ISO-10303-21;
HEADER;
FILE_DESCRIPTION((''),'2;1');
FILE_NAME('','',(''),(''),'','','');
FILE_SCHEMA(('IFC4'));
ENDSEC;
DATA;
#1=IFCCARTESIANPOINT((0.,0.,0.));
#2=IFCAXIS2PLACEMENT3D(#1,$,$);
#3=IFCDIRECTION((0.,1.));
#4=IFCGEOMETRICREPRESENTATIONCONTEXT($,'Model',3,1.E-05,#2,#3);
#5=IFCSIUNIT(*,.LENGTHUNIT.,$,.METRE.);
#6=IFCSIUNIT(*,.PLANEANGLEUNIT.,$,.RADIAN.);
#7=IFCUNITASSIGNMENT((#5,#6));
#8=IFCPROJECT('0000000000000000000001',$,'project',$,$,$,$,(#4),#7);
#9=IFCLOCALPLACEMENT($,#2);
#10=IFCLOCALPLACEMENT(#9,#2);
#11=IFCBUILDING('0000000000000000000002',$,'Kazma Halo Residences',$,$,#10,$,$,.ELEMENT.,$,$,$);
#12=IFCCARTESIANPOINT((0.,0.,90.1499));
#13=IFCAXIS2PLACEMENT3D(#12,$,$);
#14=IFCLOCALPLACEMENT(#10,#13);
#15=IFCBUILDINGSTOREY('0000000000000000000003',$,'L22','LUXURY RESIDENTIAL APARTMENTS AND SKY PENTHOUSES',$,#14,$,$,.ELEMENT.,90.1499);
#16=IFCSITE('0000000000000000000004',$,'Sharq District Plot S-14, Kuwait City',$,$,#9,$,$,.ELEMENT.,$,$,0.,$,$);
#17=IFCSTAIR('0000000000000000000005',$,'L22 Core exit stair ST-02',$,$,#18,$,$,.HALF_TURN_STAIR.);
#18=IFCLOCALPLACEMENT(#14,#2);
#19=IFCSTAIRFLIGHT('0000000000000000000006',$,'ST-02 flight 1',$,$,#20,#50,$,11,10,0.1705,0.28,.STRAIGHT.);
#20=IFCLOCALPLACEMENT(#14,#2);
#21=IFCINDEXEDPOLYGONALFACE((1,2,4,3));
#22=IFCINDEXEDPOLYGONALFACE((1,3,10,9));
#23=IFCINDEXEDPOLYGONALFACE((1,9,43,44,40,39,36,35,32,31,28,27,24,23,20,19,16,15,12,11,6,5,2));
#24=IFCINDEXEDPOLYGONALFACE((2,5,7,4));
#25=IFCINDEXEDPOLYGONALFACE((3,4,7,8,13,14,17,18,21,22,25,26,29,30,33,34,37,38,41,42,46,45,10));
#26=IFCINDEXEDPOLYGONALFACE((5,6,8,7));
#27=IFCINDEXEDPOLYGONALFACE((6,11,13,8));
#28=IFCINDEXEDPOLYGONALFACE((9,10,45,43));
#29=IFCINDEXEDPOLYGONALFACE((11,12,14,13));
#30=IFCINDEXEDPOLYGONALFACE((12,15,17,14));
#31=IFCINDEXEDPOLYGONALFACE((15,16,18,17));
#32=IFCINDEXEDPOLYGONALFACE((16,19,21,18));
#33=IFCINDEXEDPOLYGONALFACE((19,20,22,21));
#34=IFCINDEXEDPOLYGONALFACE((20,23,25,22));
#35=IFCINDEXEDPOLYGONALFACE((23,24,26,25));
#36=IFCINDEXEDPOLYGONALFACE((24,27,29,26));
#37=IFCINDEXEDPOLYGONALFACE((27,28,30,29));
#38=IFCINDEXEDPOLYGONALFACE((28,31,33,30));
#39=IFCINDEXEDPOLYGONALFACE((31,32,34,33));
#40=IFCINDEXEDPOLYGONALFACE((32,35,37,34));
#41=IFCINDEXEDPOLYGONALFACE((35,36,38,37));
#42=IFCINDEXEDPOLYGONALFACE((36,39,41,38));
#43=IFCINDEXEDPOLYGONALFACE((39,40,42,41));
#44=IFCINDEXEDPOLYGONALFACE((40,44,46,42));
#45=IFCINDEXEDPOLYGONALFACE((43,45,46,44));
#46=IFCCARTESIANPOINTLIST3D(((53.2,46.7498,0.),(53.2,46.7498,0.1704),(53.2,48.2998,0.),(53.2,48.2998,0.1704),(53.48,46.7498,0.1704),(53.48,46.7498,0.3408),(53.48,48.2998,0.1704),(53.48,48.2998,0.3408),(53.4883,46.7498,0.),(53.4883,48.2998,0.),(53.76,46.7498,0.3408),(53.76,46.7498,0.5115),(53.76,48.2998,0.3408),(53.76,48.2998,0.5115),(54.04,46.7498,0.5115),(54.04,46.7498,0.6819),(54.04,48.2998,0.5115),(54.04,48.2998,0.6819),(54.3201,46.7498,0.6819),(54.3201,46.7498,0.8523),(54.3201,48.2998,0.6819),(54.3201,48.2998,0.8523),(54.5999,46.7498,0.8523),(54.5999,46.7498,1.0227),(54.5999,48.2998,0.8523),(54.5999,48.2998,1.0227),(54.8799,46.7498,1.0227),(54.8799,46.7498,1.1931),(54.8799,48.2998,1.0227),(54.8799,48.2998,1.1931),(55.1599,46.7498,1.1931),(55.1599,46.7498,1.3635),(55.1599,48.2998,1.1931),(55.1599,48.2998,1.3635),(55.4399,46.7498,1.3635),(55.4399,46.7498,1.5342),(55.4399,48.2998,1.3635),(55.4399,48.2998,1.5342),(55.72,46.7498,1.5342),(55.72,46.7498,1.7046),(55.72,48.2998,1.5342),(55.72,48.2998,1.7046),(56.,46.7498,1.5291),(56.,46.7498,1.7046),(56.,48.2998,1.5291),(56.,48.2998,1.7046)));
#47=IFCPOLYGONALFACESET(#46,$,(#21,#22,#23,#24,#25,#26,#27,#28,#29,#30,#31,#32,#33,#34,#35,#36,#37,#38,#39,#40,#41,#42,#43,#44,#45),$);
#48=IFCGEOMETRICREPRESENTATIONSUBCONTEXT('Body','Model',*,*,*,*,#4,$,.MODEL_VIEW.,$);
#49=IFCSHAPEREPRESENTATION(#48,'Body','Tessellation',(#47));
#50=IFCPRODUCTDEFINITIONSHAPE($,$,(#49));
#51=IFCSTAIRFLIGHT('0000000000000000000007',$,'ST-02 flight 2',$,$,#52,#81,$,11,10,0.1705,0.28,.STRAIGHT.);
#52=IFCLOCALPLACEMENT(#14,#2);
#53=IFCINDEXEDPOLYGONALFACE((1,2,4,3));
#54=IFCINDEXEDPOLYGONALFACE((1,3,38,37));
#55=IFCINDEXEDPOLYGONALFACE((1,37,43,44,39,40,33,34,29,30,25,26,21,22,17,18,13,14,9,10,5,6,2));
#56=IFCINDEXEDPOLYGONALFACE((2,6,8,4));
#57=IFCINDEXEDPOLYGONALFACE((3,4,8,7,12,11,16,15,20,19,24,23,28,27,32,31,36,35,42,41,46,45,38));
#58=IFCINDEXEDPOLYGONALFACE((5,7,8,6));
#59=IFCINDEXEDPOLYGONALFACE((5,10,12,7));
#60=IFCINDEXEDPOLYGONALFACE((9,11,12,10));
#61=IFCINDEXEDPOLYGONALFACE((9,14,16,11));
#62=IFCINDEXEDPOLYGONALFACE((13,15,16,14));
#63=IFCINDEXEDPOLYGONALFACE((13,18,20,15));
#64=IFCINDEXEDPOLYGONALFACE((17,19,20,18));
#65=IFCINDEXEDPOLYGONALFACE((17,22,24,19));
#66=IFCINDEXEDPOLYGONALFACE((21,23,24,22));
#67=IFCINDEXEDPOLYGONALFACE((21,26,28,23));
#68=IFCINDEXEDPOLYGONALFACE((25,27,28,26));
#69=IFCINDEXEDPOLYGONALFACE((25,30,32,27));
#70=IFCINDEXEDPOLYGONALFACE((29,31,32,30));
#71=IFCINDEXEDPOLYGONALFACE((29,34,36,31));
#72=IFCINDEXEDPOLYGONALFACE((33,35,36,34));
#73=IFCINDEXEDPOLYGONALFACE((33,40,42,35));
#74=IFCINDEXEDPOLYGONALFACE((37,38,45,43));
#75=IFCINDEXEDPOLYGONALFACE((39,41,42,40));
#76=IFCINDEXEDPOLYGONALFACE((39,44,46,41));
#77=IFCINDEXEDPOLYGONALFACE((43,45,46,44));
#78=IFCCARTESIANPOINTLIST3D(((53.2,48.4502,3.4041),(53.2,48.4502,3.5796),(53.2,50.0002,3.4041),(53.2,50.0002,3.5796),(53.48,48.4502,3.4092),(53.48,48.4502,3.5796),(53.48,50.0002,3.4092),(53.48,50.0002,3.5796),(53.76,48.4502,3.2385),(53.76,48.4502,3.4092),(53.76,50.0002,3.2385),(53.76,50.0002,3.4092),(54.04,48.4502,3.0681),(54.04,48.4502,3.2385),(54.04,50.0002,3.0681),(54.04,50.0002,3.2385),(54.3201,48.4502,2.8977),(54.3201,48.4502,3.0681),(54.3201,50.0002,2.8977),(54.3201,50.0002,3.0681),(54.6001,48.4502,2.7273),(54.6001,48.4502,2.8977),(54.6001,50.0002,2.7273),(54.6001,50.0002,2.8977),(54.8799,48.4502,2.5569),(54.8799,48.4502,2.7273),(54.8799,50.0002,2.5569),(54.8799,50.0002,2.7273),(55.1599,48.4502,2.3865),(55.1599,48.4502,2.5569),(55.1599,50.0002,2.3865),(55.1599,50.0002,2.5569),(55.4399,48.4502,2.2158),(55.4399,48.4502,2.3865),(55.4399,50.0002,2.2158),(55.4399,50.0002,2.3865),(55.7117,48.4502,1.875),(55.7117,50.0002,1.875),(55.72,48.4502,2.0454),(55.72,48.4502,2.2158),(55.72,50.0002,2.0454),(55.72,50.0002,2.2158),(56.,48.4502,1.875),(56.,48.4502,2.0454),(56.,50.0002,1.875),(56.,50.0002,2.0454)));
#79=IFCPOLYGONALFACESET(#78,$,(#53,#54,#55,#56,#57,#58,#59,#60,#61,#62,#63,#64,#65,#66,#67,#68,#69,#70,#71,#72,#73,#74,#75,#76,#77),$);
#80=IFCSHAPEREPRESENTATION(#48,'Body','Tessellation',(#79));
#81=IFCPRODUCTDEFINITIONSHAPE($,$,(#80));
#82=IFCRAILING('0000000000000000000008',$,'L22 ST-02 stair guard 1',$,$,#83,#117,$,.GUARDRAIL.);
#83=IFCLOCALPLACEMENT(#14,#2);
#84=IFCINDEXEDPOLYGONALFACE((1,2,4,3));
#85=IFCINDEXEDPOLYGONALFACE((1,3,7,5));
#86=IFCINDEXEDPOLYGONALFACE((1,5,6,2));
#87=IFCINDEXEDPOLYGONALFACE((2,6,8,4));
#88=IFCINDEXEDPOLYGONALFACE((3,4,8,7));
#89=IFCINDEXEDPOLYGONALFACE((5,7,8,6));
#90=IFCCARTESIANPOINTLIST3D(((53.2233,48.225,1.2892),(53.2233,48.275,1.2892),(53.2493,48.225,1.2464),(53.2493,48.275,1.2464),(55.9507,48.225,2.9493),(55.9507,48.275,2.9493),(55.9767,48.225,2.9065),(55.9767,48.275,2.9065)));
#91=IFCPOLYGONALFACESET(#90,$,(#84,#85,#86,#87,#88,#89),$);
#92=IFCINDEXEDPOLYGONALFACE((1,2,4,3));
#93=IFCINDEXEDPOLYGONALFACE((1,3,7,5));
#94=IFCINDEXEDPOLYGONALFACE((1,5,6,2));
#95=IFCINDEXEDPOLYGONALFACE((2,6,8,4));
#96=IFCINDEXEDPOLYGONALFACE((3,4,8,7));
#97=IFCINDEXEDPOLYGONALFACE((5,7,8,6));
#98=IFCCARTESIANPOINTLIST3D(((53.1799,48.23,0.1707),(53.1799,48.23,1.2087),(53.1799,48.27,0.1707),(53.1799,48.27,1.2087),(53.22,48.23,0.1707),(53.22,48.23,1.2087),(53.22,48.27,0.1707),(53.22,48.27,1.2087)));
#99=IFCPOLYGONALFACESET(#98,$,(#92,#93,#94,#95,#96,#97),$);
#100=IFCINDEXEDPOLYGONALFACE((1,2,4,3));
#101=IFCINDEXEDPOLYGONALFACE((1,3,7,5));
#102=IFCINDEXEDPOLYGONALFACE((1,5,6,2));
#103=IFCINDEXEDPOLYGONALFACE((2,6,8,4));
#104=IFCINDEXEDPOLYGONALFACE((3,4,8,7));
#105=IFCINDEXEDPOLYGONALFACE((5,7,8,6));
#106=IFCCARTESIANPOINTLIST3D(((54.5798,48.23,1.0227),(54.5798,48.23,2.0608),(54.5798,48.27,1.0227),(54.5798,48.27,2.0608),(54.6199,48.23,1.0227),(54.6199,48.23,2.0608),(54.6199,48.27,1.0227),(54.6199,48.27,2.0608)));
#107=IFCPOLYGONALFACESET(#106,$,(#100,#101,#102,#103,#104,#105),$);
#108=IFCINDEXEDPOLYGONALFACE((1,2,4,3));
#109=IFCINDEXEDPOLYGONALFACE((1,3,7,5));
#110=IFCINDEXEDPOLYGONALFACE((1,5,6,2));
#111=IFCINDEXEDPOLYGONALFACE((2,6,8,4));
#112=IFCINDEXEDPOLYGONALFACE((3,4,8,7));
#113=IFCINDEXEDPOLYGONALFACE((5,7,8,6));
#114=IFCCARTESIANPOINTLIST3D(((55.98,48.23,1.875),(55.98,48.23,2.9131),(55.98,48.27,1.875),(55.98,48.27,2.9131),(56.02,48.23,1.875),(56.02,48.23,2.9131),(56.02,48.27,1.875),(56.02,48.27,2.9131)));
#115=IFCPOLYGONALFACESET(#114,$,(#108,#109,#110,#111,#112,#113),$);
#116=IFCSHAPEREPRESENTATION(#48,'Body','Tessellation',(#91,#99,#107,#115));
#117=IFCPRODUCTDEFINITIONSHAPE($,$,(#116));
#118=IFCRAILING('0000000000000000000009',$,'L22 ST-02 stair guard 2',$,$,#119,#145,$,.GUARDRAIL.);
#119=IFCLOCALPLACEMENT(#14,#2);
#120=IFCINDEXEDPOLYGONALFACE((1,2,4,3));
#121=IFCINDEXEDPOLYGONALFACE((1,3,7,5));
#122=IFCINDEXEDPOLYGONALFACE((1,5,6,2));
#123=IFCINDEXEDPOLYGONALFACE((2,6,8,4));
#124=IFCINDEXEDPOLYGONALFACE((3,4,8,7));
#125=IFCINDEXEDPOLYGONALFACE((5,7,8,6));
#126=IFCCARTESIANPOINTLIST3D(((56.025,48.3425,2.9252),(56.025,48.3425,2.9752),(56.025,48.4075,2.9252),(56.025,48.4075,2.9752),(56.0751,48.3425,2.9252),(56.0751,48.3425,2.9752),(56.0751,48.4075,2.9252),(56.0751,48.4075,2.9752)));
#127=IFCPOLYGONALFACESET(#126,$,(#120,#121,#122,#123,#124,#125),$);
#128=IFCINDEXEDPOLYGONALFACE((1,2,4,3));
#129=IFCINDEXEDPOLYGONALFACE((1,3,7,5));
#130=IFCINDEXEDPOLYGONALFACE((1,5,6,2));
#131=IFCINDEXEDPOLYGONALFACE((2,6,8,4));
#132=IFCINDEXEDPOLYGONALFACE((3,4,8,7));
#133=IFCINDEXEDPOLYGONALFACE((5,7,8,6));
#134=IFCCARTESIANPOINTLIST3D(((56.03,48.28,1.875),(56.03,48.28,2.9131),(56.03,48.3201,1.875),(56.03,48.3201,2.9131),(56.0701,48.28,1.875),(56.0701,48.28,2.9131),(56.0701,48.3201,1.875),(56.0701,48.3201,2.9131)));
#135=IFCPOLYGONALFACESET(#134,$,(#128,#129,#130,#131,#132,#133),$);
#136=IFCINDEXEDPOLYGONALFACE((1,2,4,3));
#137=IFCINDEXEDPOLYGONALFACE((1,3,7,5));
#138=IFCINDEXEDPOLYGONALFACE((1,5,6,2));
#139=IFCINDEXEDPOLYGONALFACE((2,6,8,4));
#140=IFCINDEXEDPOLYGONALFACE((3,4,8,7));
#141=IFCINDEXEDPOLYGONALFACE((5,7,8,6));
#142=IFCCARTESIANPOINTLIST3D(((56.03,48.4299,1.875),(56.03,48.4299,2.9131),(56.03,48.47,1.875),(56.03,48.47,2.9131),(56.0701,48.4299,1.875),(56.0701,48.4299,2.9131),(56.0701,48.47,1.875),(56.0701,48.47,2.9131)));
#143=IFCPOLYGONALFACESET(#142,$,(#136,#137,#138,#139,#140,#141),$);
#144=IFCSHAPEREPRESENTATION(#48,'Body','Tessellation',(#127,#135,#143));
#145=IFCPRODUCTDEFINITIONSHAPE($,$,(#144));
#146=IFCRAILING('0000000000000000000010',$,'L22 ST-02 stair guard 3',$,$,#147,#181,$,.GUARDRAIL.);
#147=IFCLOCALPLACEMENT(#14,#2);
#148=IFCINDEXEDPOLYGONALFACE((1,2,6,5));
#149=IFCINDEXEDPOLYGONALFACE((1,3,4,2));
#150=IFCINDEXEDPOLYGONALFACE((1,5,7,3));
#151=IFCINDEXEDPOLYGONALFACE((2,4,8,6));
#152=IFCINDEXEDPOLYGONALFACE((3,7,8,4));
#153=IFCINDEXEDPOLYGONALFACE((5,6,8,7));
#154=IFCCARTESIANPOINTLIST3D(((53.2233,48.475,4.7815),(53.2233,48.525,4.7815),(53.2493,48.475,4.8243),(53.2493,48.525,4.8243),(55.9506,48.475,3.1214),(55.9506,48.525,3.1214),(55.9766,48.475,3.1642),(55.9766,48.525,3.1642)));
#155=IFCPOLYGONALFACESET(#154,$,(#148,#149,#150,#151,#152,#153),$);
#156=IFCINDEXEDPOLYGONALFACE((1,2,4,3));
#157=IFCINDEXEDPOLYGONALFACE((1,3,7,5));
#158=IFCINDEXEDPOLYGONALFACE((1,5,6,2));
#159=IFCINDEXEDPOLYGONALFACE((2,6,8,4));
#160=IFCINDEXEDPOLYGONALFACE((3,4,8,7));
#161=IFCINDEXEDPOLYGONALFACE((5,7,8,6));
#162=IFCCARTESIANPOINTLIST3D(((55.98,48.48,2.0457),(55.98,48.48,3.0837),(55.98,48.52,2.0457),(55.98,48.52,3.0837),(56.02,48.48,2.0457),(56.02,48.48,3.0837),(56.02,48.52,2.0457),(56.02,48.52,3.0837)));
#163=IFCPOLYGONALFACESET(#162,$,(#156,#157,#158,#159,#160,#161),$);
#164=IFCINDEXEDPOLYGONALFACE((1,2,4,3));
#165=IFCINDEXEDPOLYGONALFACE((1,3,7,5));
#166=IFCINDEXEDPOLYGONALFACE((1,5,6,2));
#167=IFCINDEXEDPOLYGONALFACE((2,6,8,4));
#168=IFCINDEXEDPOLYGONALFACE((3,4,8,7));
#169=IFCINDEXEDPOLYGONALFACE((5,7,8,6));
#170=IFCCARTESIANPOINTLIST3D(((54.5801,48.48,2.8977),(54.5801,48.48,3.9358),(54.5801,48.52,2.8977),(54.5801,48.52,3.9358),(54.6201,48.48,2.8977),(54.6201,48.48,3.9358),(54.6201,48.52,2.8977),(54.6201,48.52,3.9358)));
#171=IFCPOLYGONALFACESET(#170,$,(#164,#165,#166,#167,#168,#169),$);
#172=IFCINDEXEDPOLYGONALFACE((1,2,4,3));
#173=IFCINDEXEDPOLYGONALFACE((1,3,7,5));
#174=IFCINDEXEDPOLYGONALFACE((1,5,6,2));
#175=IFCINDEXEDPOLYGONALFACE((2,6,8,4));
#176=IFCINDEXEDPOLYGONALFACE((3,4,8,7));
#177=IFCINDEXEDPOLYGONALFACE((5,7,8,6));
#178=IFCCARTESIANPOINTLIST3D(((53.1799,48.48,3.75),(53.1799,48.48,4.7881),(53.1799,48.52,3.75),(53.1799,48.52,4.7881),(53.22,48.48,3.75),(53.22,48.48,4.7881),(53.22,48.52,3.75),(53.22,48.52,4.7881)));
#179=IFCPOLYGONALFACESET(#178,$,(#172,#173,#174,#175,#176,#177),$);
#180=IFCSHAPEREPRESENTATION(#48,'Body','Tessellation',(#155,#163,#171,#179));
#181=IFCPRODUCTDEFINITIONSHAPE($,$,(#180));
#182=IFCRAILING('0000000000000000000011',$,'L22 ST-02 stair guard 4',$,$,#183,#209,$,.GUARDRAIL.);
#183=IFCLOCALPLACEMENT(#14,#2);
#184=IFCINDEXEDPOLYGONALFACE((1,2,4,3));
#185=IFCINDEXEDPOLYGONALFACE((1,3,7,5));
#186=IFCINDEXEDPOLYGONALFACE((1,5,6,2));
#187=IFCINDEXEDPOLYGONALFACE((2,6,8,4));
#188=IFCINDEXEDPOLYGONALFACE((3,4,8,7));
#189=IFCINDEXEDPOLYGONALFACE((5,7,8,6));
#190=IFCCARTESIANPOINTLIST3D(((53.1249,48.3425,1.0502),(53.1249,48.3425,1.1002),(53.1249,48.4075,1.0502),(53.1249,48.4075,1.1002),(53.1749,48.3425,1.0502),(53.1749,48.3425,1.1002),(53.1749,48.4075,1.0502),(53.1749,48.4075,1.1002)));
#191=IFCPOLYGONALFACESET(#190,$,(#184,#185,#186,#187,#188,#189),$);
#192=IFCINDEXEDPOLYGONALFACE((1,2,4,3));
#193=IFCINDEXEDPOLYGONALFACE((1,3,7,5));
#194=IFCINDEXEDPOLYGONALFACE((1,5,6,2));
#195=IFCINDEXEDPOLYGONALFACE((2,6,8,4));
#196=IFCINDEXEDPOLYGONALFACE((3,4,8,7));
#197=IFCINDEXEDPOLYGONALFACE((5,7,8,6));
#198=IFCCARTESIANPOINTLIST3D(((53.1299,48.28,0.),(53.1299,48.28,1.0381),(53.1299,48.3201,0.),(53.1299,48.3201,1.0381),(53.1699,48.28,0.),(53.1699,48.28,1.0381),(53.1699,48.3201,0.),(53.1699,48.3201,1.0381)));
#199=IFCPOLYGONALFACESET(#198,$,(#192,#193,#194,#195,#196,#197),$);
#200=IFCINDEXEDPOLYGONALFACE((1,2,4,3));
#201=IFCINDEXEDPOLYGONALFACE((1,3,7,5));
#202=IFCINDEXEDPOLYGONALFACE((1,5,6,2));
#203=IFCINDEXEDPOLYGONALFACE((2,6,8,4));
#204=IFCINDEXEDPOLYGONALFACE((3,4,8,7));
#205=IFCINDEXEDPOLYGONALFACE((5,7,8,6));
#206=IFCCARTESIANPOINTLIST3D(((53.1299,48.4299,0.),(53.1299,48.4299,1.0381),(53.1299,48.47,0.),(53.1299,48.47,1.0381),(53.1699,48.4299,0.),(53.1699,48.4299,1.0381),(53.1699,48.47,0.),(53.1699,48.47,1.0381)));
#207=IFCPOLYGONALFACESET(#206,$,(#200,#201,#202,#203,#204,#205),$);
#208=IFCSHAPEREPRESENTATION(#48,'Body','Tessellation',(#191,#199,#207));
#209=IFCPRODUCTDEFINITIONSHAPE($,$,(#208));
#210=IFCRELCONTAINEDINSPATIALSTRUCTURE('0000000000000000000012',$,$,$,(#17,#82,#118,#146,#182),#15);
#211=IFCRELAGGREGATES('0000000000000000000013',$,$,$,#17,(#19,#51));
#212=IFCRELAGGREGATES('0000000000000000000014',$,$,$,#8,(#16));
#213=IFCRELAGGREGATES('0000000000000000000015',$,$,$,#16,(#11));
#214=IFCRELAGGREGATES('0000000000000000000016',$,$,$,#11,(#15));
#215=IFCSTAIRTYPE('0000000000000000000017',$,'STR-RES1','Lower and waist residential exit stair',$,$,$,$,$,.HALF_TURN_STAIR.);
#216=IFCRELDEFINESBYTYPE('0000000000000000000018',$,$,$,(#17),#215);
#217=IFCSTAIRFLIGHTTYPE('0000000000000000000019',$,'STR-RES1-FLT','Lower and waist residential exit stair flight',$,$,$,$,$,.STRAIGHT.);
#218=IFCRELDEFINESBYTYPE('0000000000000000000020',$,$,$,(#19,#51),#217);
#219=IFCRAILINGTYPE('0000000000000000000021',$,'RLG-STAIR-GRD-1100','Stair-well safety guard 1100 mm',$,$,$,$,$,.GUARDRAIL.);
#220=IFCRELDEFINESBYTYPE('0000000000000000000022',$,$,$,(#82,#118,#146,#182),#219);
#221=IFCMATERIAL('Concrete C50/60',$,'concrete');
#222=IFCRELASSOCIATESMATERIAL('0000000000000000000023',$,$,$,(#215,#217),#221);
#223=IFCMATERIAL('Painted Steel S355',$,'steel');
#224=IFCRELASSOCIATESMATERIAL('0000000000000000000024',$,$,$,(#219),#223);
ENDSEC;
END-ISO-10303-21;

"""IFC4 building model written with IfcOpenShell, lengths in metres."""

from ifc_helpers import new_model, si_unit, direction, frame, origin, origin_2d, place, context, subcontext, project, spatial, polyline, rectangle, outline, extrude, material, type_object, element, aggregate, save


model = new_model("IFC4")

# Units and contexts
model_context = context("Model", 3, precision=1e-05, world=origin(), true_north=direction((0.0, 1.0)))
body_context = subcontext(model_context, "Body", "Model", "MODEL_VIEW")
ifc_project = project(units=[si_unit("LENGTHUNIT", "METRE"), si_unit("PLANEANGLEUNIT", "RADIAN")], contexts=[model_context])

# Site, building, storey
site_placement = place(None, origin())
site = spatial("IfcSite", under=ifc_project, at=site_placement, Name="Sharq District Plot S-14, Kuwait City", CompositionType="ELEMENT", RefElevation=0.0)
building_placement = place(site_placement, origin())
building = spatial("IfcBuilding", under=site, at=building_placement, Name="Kazma Halo Residences", CompositionType="ELEMENT")
storey_placement = place(building_placement, frame((0.0, 0.0, 90.1499)))
storey = spatial("IfcBuildingStorey", under=building, at=storey_placement, Name="L22", Description="LUXURY RESIDENTIAL APARTMENTS AND SKY PENTHOUSES", CompositionType="ELEMENT", Elevation=90.1499)

# Shared definitions
ifc_material_1 = material(Name="Concrete C50/60", Category="concrete")

# Stair, stair flights
stair_type = type_object("IfcStairType", Name="STR-RES1", Description="Lower and waist residential exit stair", PredefinedType="HALF_TURN_STAIR", material=ifc_material_1)
stair_placement = place(storey_placement, origin())
stair = element("IfcStair", 1, at=stair_placement, inside=storey, type_object=stair_type, Name="L22 Core exit stair ST-02", PredefinedType="HALF_TURN_STAIR")
stair_flight_type = type_object("IfcStairFlightType", Name="STR-RES1-FLT", Description="Lower and waist residential exit stair flight", PredefinedType="STRAIGHT", material=ifc_material_1)
stair_flight_1_placement = place(storey_placement, frame((53.2, 47.5249, 0.0), z_axis=(0.0, 0.0, 1.0), x_axis=(1.0, 0.0, 0.0)))
stair_flight_1 = element("IfcStairFlight", 2, at=stair_flight_1_placement, type_object=stair_flight_type, Name="ST-02 flight 1", NumberOfRisers=11, NumberOfTreads=10, PredefinedType="STRAIGHT", RiserHeight=0.1705, TreadLength=0.28, context=body_context, shape_type="SweptSolid", body=[
    extrude(outline(polyline([(0.0, 0.0), (0.0, 0.1704), (0.28, 0.1704), (0.28, 0.3408), (0.5601, 0.3408), (0.5601, 0.5115), (0.8401, 0.5115), (0.8401, 0.6819), (1.1201, 0.6819), (1.1201, 0.8523), (1.3999, 0.8523), (1.3999, 1.0227), (1.6799, 1.0227), (1.6799, 1.1931), (1.96, 1.1931), (1.96, 1.3635), (2.24, 1.3635), (2.24, 1.5342), (2.52, 1.5342), (2.52, 1.7046), (2.8, 1.7046), (2.8, 1.875), (2.8, 1.5291), (0.2883, 0.0), (0.0, 0.0)])), frame((0.0, 0.7749, 0.0), z_axis=(0.0, -1.0, 0.0), x_axis=(1.0, 0.0, 0.0)), (0.0, 0.0, 1.0), 1.55),
])
stair_flight_2_placement = place(storey_placement, frame((56.0, 49.2251, 1.875), z_axis=(0.0, 0.0, 1.0), x_axis=(-1.0, 0.0, 0.0)))
stair_flight_2 = element("IfcStairFlight", 3, at=stair_flight_2_placement, type_object=stair_flight_type, Name="ST-02 flight 2", NumberOfRisers=11, NumberOfTreads=10, PredefinedType="STRAIGHT", RiserHeight=0.1705, TreadLength=0.28, context=body_context, shape_type="SweptSolid", body=[
    extrude(outline(polyline([(0.0, 0.0), (0.0, 0.1704), (0.28, 0.1704), (0.28, 0.3408), (0.5601, 0.3408), (0.5601, 0.5115), (0.8401, 0.5115), (0.8401, 0.6819), (1.1201, 0.6819), (1.1201, 0.8523), (1.3999, 0.8523), (1.3999, 1.0227), (1.6799, 1.0227), (1.6799, 1.1931), (1.96, 1.1931), (1.96, 1.3635), (2.24, 1.3635), (2.24, 1.5342), (2.52, 1.5342), (2.52, 1.7046), (2.8, 1.7046), (2.8, 1.875), (2.8, 1.5291), (0.2883, 0.0), (0.0, 0.0)])), frame((0.0, 0.7749, 0.0), z_axis=(0.0, -1.0, 0.0), x_axis=(1.0, 0.0, 0.0)), (0.0, 0.0, 1.0), 1.55),
])
aggregate(stair, [stair_flight_1, stair_flight_2])

# Railings
ifc_material_2 = material(Name="Painted Steel S355", Category="steel")
railing_type_1 = type_object("IfcRailingType", Name="RLG-STAIR-GRD-1100", Description="Stair-well safety guard 1100 mm", PredefinedType="GUARDRAIL", material=ifc_material_2)
railing_1_placement = place(storey_placement, frame((53.2, 48.25, 0.1707)))
element("IfcRailing", 4, at=railing_1_placement, inside=storey, type_object=railing_type_1, Name="L22 ST-02 stair guard 1", PredefinedType="GUARDRAIL", context=body_context, shape_type="SweptSolid", body=[
    extrude(rectangle(XDim=0.05, YDim=0.05, at=origin_2d()), frame((0.0364, 0.0, 1.0972), z_axis=(0.854203, 0.0, 0.51994), x_axis=(0.0, 1.0, 0.0)), (0.0, 0.0, 1.0), 3.1929),
    extrude(rectangle(XDim=0.04, YDim=0.04, at=origin_2d()), origin(), (0.0, 0.0, 1.0), 1.0381),
    extrude(rectangle(XDim=0.04, YDim=0.04, at=origin_2d()), frame((1.3999, 0.0, 0.8521)), (0.0, 0.0, 1.0), 1.0381),
    extrude(rectangle(XDim=0.04, YDim=0.04, at=origin_2d()), frame((2.8, 0.0, 1.7043)), (0.0, 0.0, 1.0), 1.0381),
])
railing_2_placement = place(storey_placement, frame((56.05, 48.3, 1.875)))
element("IfcRailing", 5, at=railing_2_placement, inside=storey, type_object=railing_type_1, Name="L22 ST-02 stair guard 2", PredefinedType="GUARDRAIL", context=body_context, shape_type="SweptSolid", body=[
    extrude(rectangle(XDim=0.05, YDim=0.05, at=origin_2d()), frame((0.0, 0.0425, 1.0752), z_axis=(0.0, 1.0, 0.0), x_axis=(-1.0, 0.0, 0.0)), (0.0, 0.0, 1.0), 0.0649),
    extrude(rectangle(XDim=0.04, YDim=0.04, at=origin_2d()), origin(), (0.0, 0.0, 1.0), 1.0381),
    extrude(rectangle(XDim=0.04, YDim=0.04, at=origin_2d()), frame((0.0, 0.1499, 0.0)), (0.0, 0.0, 1.0), 1.0381),
])
railing_3_placement = place(storey_placement, frame((56.0, 48.5, 2.0457)))
element("IfcRailing", 6, at=railing_3_placement, inside=storey, type_object=railing_type_1, Name="L22 ST-02 stair guard 3", PredefinedType="GUARDRAIL", context=body_context, shape_type="SweptSolid", body=[
    extrude(rectangle(XDim=0.05, YDim=0.05, at=origin_2d()), frame((-0.0364, 0.0, 1.0972), z_axis=(-0.854203, 0.0, 0.51994), x_axis=(0.0, -1.0, 0.0)), (0.0, 0.0, 1.0), 3.1929),
    extrude(rectangle(XDim=0.04, YDim=0.04, at=origin_2d()), origin(), (0.0, 0.0, 1.0), 1.0381),
    extrude(rectangle(XDim=0.04, YDim=0.04, at=origin_2d()), frame((-1.3999, 0.0, 0.8521)), (0.0, 0.0, 1.0), 1.0381),
    extrude(rectangle(XDim=0.04, YDim=0.04, at=origin_2d()), frame((-2.8, 0.0, 1.7043)), (0.0, 0.0, 1.0), 1.0381),
])
railing_4_placement = place(storey_placement, frame((53.1499, 48.3, 0.0)))
element("IfcRailing", 7, at=railing_4_placement, inside=storey, type_object=railing_type_1, Name="L22 ST-02 stair guard 4", PredefinedType="GUARDRAIL", context=body_context, shape_type="SweptSolid", body=[
    extrude(rectangle(XDim=0.05, YDim=0.05, at=origin_2d()), frame((0.0, 0.0425, 1.0752), z_axis=(0.0, 1.0, 0.0), x_axis=(-1.0, 0.0, 0.0)), (0.0, 0.0, 1.0), 0.0649),
    extrude(rectangle(XDim=0.04, YDim=0.04, at=origin_2d()), origin(), (0.0, 0.0, 1.0), 1.0381),
    extrude(rectangle(XDim=0.04, YDim=0.04, at=origin_2d()), frame((0.0, 0.1499, 0.0)), (0.0, 0.0, 1.0), 1.0381),
])

save(model, "model.ifc")
